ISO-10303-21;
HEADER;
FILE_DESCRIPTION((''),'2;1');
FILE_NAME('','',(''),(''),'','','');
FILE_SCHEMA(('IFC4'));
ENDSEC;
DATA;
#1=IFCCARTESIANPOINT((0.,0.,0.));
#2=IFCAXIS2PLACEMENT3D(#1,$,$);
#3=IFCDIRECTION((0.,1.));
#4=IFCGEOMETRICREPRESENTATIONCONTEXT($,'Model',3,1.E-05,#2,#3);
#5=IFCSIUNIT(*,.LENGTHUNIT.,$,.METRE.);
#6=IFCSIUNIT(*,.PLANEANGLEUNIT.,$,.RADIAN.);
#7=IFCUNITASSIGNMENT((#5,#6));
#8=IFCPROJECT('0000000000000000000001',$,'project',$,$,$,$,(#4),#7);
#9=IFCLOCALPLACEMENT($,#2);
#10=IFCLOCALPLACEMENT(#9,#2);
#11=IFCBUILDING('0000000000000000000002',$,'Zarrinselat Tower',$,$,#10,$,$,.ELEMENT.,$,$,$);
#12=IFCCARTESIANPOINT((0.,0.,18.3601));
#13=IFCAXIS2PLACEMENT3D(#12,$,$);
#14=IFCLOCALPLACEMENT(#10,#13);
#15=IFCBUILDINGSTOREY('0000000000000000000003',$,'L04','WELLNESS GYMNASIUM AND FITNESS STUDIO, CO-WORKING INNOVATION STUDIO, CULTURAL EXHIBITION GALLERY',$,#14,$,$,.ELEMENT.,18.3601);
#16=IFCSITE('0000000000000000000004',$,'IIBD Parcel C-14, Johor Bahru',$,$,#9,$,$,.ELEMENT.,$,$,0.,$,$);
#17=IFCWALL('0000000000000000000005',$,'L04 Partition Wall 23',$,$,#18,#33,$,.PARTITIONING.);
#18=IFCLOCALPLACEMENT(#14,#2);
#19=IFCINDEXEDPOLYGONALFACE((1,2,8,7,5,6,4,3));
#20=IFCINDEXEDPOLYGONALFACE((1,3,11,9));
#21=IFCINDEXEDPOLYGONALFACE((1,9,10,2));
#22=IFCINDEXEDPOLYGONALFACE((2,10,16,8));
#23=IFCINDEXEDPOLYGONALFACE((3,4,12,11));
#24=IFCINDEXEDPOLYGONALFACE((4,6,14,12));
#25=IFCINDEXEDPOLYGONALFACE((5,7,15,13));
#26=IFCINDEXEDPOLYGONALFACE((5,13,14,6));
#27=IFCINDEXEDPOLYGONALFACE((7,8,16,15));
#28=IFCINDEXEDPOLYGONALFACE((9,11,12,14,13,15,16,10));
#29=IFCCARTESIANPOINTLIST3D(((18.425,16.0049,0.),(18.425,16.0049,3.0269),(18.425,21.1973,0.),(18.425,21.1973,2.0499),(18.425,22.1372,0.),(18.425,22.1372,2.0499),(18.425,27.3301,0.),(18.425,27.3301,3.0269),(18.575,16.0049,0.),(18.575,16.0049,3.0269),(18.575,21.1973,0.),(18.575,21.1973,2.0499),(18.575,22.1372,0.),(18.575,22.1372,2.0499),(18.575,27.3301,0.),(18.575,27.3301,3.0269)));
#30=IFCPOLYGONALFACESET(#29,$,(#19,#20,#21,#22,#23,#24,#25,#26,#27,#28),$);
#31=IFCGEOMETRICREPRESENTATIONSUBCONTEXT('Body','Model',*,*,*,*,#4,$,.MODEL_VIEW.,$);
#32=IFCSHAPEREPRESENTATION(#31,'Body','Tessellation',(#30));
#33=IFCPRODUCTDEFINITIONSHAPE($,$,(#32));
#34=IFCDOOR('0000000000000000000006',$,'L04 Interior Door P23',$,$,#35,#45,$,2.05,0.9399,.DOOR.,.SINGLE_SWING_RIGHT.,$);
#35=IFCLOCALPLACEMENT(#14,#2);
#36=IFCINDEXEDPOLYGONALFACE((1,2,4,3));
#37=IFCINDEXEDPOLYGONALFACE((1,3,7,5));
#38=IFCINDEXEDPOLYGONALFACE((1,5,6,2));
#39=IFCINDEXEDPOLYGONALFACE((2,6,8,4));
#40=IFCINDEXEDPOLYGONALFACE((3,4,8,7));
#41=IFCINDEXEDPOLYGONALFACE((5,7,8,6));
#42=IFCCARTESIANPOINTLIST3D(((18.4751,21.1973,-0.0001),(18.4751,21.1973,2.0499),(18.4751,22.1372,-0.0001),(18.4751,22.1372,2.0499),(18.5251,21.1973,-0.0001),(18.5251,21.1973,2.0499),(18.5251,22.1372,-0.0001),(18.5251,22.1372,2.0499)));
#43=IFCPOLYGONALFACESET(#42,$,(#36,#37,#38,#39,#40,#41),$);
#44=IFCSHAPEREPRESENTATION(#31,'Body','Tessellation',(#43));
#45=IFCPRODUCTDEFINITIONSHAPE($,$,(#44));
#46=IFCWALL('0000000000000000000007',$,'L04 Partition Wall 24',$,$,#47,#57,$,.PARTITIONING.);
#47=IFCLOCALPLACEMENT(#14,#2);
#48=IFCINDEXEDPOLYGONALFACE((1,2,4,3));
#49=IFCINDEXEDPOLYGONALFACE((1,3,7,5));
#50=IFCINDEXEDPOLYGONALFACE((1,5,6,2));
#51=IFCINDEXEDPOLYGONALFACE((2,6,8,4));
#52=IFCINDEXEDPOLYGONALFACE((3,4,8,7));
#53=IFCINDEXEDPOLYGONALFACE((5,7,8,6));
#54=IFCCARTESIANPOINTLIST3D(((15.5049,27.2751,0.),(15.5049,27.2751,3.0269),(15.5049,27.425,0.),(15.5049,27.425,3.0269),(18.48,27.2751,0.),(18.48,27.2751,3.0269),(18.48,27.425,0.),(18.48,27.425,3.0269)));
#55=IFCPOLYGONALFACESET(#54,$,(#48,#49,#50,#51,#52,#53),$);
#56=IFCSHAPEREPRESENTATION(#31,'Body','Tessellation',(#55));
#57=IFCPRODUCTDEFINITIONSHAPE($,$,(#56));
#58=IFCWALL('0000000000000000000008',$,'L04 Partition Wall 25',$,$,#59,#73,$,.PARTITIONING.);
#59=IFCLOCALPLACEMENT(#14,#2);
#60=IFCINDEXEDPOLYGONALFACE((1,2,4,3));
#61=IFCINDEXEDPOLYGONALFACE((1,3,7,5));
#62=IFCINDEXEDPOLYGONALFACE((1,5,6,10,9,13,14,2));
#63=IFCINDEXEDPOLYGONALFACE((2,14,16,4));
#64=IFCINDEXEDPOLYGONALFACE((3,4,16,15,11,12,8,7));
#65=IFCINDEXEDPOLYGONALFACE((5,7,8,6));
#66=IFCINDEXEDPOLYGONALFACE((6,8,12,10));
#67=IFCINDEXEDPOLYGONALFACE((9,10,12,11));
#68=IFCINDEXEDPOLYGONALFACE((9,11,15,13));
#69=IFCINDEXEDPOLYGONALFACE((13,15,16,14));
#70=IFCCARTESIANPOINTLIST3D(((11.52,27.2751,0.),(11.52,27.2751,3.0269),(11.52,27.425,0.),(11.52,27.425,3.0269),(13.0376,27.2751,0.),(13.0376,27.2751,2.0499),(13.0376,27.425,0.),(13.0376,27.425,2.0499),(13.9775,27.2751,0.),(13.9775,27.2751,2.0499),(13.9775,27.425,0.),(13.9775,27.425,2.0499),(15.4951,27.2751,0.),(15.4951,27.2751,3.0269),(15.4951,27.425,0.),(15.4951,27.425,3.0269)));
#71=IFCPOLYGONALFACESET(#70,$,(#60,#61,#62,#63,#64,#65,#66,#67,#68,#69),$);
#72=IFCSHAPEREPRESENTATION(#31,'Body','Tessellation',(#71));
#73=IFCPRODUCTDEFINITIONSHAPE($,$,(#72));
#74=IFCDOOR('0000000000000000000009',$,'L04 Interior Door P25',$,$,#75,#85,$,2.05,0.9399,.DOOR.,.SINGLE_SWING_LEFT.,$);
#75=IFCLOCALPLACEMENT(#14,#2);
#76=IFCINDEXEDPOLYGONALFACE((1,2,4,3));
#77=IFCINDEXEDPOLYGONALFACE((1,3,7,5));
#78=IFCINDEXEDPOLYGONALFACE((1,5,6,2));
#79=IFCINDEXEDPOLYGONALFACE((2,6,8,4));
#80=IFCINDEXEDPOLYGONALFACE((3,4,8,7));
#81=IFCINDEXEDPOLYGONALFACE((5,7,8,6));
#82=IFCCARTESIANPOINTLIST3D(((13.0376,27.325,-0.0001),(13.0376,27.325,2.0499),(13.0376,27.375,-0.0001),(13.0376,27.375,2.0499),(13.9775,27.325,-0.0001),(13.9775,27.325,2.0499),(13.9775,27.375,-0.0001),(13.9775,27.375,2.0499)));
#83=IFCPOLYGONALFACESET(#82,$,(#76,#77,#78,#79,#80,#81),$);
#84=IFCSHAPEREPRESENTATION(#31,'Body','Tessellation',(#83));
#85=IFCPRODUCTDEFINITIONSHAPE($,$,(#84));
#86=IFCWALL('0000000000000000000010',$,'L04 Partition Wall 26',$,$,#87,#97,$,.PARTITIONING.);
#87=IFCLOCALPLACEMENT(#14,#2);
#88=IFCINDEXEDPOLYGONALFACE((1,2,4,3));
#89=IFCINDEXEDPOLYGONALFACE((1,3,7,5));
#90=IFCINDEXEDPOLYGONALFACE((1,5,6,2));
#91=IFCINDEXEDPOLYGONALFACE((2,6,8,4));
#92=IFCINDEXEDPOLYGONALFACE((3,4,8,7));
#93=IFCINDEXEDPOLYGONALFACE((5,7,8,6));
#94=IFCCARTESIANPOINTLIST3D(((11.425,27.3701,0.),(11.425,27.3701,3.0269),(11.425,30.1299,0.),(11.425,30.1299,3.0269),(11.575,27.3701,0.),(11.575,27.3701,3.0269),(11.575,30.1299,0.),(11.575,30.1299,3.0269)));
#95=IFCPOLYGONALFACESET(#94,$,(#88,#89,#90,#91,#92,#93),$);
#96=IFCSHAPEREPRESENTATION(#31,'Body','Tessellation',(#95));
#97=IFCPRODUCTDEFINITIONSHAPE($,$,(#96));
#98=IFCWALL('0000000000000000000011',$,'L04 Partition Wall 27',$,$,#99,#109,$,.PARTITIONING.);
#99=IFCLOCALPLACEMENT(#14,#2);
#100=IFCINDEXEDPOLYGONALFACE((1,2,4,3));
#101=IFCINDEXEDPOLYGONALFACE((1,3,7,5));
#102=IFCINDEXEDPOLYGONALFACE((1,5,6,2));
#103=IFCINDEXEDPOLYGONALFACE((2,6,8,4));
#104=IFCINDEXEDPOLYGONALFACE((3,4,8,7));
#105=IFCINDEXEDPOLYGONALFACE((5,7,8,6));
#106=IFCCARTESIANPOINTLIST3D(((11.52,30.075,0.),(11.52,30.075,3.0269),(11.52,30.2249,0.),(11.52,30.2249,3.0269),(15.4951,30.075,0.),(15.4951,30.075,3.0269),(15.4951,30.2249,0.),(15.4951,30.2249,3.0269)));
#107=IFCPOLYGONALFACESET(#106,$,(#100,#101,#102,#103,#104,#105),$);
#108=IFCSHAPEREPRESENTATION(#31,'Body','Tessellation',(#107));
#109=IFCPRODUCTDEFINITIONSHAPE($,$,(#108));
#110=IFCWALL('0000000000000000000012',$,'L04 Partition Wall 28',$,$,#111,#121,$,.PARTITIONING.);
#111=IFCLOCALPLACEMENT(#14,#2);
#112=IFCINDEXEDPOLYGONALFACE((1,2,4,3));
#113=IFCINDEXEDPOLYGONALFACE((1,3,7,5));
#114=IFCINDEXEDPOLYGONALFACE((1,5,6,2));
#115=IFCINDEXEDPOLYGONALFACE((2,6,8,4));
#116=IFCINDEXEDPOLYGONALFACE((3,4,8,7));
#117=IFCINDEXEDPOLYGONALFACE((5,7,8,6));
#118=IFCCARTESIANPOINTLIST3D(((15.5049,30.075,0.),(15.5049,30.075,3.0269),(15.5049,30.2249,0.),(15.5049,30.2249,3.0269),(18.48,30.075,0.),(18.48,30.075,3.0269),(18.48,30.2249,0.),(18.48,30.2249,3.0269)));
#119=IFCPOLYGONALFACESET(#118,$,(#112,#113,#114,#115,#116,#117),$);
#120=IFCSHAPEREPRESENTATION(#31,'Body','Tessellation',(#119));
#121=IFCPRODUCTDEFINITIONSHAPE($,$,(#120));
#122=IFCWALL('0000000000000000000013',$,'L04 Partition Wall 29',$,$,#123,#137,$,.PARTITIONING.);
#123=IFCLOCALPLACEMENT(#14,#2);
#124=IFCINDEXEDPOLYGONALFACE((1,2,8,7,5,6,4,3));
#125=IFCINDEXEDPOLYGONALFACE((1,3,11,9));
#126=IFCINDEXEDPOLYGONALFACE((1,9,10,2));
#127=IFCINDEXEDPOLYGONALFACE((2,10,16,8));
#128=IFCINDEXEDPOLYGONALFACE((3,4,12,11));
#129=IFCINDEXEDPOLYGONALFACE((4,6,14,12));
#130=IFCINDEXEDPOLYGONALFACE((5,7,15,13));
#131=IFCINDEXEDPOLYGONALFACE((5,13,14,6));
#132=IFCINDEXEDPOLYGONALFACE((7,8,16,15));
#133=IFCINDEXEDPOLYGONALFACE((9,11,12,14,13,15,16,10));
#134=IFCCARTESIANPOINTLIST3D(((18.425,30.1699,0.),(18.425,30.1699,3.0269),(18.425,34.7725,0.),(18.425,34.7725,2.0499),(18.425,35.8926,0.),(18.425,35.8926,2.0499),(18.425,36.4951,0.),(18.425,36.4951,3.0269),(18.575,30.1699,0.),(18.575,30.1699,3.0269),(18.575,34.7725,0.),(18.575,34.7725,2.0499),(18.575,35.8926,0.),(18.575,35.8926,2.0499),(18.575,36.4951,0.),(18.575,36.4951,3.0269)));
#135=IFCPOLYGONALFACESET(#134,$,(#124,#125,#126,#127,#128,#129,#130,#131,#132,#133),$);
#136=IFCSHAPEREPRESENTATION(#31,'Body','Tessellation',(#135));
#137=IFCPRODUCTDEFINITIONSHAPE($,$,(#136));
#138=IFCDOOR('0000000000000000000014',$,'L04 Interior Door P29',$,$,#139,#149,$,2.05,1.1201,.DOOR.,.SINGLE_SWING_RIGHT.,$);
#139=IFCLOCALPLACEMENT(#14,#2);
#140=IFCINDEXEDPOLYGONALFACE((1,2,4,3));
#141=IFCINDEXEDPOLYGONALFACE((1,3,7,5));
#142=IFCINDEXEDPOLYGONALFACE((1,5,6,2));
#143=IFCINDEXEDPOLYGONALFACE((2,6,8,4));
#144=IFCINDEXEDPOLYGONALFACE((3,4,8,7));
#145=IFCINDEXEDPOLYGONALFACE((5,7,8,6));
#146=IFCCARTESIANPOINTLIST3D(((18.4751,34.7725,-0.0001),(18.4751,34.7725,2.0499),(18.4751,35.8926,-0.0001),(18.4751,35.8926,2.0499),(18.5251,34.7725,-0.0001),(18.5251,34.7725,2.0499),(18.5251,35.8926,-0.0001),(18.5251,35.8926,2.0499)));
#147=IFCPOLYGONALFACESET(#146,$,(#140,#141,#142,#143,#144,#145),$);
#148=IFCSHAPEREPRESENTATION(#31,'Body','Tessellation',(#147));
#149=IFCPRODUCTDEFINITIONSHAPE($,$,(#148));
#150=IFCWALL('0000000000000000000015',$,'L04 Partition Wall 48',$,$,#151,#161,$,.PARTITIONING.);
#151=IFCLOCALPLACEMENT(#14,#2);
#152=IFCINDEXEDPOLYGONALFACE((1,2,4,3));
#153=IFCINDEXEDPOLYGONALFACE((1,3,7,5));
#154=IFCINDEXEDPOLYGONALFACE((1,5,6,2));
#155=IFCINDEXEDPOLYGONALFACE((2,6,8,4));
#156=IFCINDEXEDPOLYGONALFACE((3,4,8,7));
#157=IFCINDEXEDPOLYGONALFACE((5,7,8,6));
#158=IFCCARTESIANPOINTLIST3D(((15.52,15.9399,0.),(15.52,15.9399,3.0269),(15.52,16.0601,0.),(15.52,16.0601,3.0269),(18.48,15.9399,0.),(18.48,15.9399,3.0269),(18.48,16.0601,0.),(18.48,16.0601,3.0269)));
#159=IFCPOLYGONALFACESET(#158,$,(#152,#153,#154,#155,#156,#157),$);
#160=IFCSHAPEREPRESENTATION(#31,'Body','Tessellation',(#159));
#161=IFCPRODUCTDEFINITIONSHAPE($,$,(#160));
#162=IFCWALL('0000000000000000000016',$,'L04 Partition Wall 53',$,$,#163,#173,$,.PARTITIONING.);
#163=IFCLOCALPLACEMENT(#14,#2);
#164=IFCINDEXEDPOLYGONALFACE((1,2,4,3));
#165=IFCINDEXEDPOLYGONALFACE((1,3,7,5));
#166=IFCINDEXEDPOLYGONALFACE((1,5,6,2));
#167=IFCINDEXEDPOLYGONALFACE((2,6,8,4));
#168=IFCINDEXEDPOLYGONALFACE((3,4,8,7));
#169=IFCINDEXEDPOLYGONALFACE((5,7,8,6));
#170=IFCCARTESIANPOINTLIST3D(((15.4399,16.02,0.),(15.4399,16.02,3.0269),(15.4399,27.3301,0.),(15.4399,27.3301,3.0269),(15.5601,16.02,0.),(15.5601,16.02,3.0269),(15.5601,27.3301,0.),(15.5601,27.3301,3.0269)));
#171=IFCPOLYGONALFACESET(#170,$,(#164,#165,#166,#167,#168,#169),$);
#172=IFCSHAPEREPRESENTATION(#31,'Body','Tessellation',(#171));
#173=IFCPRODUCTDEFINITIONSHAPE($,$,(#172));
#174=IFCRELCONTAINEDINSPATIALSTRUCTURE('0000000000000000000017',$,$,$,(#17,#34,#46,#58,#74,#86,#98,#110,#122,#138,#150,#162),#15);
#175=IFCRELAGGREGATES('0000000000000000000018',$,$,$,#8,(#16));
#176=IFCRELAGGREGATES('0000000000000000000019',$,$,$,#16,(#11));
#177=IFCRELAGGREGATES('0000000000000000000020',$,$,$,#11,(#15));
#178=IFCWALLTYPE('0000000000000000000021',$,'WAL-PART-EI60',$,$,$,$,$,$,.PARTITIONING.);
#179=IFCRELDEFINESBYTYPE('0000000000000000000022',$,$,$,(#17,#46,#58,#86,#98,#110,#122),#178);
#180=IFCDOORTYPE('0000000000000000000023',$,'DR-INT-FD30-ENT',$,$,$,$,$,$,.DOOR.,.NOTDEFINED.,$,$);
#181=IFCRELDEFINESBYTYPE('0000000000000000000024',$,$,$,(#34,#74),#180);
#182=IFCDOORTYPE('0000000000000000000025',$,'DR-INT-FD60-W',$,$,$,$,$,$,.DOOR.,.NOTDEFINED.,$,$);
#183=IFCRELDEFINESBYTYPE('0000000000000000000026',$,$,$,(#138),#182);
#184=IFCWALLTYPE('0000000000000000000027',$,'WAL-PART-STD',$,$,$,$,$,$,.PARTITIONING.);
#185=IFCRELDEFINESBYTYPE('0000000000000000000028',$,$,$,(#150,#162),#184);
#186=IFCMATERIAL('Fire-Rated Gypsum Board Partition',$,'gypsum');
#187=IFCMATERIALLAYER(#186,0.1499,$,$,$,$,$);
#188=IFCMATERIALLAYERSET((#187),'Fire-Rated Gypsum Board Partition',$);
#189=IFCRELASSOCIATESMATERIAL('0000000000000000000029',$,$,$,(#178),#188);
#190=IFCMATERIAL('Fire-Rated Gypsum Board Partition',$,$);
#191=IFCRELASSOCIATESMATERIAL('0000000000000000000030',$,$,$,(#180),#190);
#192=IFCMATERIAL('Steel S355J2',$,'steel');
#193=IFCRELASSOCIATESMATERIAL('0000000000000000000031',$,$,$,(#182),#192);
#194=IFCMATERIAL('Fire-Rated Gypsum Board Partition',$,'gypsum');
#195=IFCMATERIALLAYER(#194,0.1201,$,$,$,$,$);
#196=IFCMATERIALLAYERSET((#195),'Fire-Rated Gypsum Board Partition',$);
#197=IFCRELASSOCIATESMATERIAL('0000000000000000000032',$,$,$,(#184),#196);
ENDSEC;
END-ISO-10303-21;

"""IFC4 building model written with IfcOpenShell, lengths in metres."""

from ifc_helpers import new_model, si_unit, direction, frame, frame_2d, origin, place, context, subcontext, project, spatial, rectangle, extrude, material, layer, layer_set, type_object, element, fill, save


model = new_model("IFC4")

# Units and contexts
model_context = context("Model", 3, precision=1e-05, world=origin(), true_north=direction((0.0, 1.0)))
body_context = subcontext(model_context, "Body", "Model", "MODEL_VIEW")
ifc_project = project(units=[si_unit("LENGTHUNIT", "METRE"), si_unit("PLANEANGLEUNIT", "RADIAN")], contexts=[model_context])

# Site, building, storey
site_placement = place(None, origin())
site = spatial("IfcSite", under=ifc_project, at=site_placement, Name="IIBD Parcel C-14, Johor Bahru", CompositionType="ELEMENT", RefElevation=0.0)
building_placement = place(site_placement, origin())
building = spatial("IfcBuilding", under=site, at=building_placement, Name="Zarrinselat Tower", CompositionType="ELEMENT")
storey_placement = place(building_placement, frame((0.0, 0.0, 18.3601)))
storey = spatial("IfcBuildingStorey", under=building, at=storey_placement, Name="L04", Description="WELLNESS GYMNASIUM AND FITNESS STUDIO, CO-WORKING INNOVATION STUDIO, CULTURAL EXHIBITION GALLERY", CompositionType="ELEMENT", Elevation=18.3601)

# Shared definitions
ifc_material_1 = material(Name="Fire-Rated Gypsum Board Partition", Category="gypsum")
ifc_layer_1 = layer(ifc_material_1, 0.1499)
ifc_layer_set_1 = layer_set([ifc_layer_1], Name="Fire-Rated Gypsum Board Partition")
wall_type_1 = type_object("IfcWallType", Name="WAL-PART-EI60", PredefinedType="PARTITIONING", material=ifc_layer_set_1)

# Wall, opening, door
wall_1_placement = place(storey_placement, frame((18.5, 16.0049, 0.0), z_axis=(0.0, 0.0, 1.0), x_axis=(0.0, 1.0, 0.0)))
wall_1 = element("IfcWall", 1, at=wall_1_placement, inside=storey, type_object=wall_type_1, Name="L04 Partition Wall 23", PredefinedType="PARTITIONING", context=body_context, shape_type="SweptSolid", body=[
    extrude(rectangle(XDim=11.3252, YDim=0.1499, at=frame_2d((5.6626, 0.0))), origin(), (0.0, 0.0, 1.0), 3.0269),
])
opening_1_placement = place(wall_1_placement, frame((5.1924, 0.0, 0.0)))
opening_1 = element("IfcOpeningElement", 2, at=opening_1_placement, cuts=wall_1, PredefinedType="OPENING", context=body_context, shape_type="SweptSolid", body=[
    extrude(rectangle(XDim=0.9399, YDim=2.05, at=frame_2d((0.47, 1.0249))), frame((0.0, 0.085, 0.0), z_axis=(0.0, -1.0, 0.0), x_axis=(1.0, 0.0, 0.0)), (0.0, 0.0, 1.0), 0.1699),
])
ifc_material_2 = material(Name="Fire-Rated Gypsum Board Partition")
door_type_1 = type_object("IfcDoorType", Name="DR-INT-FD30-ENT", OperationType="NOTDEFINED", PredefinedType="DOOR", material=ifc_material_2)
door_1_placement = place(opening_1_placement, origin())
door_1 = element("IfcDoor", 3, at=door_1_placement, inside=storey, type_object=door_type_1, Name="L04 Interior Door P23", OperationType="SINGLE_SWING_RIGHT", OverallHeight=2.05, OverallWidth=0.9399, PredefinedType="DOOR", context=body_context, shape_type="SweptSolid", body=[
    extrude(rectangle(XDim=0.9399, YDim=2.05, at=frame_2d((0.47, 1.0249))), frame((0.0, 0.0249, 0.0), z_axis=(0.0, -1.0, 0.0), x_axis=(1.0, 0.0, 0.0)), (0.0, 0.0, 1.0), 0.05),
])
fill(opening_1, door_1)

# Wall
wall_2_placement = place(storey_placement, frame((15.5049, 27.3501, 0.0), z_axis=(0.0, 0.0, 1.0), x_axis=(1.0, 0.0, 0.0)))
element("IfcWall", 4, at=wall_2_placement, inside=storey, type_object=wall_type_1, Name="L04 Partition Wall 24", PredefinedType="PARTITIONING", context=body_context, shape_type="SweptSolid", body=[
    extrude(rectangle(XDim=2.9751, YDim=0.1499, at=frame_2d((1.4875, 0.0))), origin(), (0.0, 0.0, 1.0), 3.0269),
])

# Wall, opening, door
wall_3_placement = place(storey_placement, frame((11.52, 27.3501, 0.0), z_axis=(0.0, 0.0, 1.0), x_axis=(1.0, 0.0, 0.0)))
wall_3 = element("IfcWall", 5, at=wall_3_placement, inside=storey, type_object=wall_type_1, Name="L04 Partition Wall 25", PredefinedType="PARTITIONING", context=body_context, shape_type="SweptSolid", body=[
    extrude(rectangle(XDim=3.9751, YDim=0.1499, at=frame_2d((1.9875, 0.0))), origin(), (0.0, 0.0, 1.0), 3.0269),
])
opening_2_placement = place(wall_3_placement, frame((1.5176, 0.0, 0.0)))
opening_2 = element("IfcOpeningElement", 6, at=opening_2_placement, cuts=wall_3, PredefinedType="OPENING", context=body_context, shape_type="SweptSolid", body=[
    extrude(rectangle(XDim=0.9399, YDim=2.05, at=frame_2d((0.47, 1.0249))), frame((0.0, 0.085, 0.0), z_axis=(0.0, -1.0, 0.0), x_axis=(1.0, 0.0, 0.0)), (0.0, 0.0, 1.0), 0.1699),
])
door_2_placement = place(opening_2_placement, origin())
door_2 = element("IfcDoor", 7, at=door_2_placement, inside=storey, type_object=door_type_1, Name="L04 Interior Door P25", OperationType="SINGLE_SWING_LEFT", OverallHeight=2.05, OverallWidth=0.9399, PredefinedType="DOOR", context=body_context, shape_type="SweptSolid", body=[
    extrude(rectangle(XDim=0.9399, YDim=2.05, at=frame_2d((0.47, 1.0249))), frame((0.0, 0.0249, 0.0), z_axis=(0.0, -1.0, 0.0), x_axis=(1.0, 0.0, 0.0)), (0.0, 0.0, 1.0), 0.05),
])
fill(opening_2, door_2)

# Walls
wall_4_placement = place(storey_placement, frame((11.5, 27.3701, 0.0), z_axis=(0.0, 0.0, 1.0), x_axis=(0.0, 1.0, 0.0)))
element("IfcWall", 8, at=wall_4_placement, inside=storey, type_object=wall_type_1, Name="L04 Partition Wall 26", PredefinedType="PARTITIONING", context=body_context, shape_type="SweptSolid", body=[
    extrude(rectangle(XDim=2.7598, YDim=0.1499, at=frame_2d((1.3799, 0.0))), origin(), (0.0, 0.0, 1.0), 3.0269),
])
wall_5_placement = place(storey_placement, frame((11.52, 30.1499, 0.0), z_axis=(0.0, 0.0, 1.0), x_axis=(1.0, 0.0, 0.0)))
element("IfcWall", 9, at=wall_5_placement, inside=storey, type_object=wall_type_1, Name="L04 Partition Wall 27", PredefinedType="PARTITIONING", context=body_context, shape_type="SweptSolid", body=[
    extrude(rectangle(XDim=3.9751, YDim=0.1499, at=frame_2d((1.9875, 0.0))), origin(), (0.0, 0.0, 1.0), 3.0269),
])
wall_6_placement = place(storey_placement, frame((15.5049, 30.1499, 0.0), z_axis=(0.0, 0.0, 1.0), x_axis=(1.0, 0.0, 0.0)))
element("IfcWall", 10, at=wall_6_placement, inside=storey, type_object=wall_type_1, Name="L04 Partition Wall 28", PredefinedType="PARTITIONING", context=body_context, shape_type="SweptSolid", body=[
    extrude(rectangle(XDim=2.9751, YDim=0.1499, at=frame_2d((1.4875, 0.0))), origin(), (0.0, 0.0, 1.0), 3.0269),
])

# Wall, opening, door
wall_7_placement = place(storey_placement, frame((18.5, 30.1699, 0.0), z_axis=(0.0, 0.0, 1.0), x_axis=(0.0, 1.0, 0.0)))
wall_7 = element("IfcWall", 11, at=wall_7_placement, inside=storey, type_object=wall_type_1, Name="L04 Partition Wall 29", PredefinedType="PARTITIONING", context=body_context, shape_type="SweptSolid", body=[
    extrude(rectangle(XDim=6.3252, YDim=0.1499, at=frame_2d((3.1626, 0.0))), origin(), (0.0, 0.0, 1.0), 3.0269),
])
opening_3_placement = place(wall_7_placement, frame((4.6025, 0.0, 0.0)))
opening_3 = element("IfcOpeningElement", 12, at=opening_3_placement, cuts=wall_7, PredefinedType="OPENING", context=body_context, shape_type="SweptSolid", body=[
    extrude(rectangle(XDim=1.1201, YDim=2.05, at=frame_2d((0.5601, 1.0249))), frame((0.0, 0.085, 0.0), z_axis=(0.0, -1.0, 0.0), x_axis=(1.0, 0.0, 0.0)), (0.0, 0.0, 1.0), 0.1699),
])
ifc_material_3 = material(Name="Steel S355J2", Category="steel")
door_type_2 = type_object("IfcDoorType", Name="DR-INT-FD60-W", OperationType="NOTDEFINED", PredefinedType="DOOR", material=ifc_material_3)
door_3_placement = place(opening_3_placement, origin())
door_3 = element("IfcDoor", 13, at=door_3_placement, inside=storey, type_object=door_type_2, Name="L04 Interior Door P29", OperationType="SINGLE_SWING_RIGHT", OverallHeight=2.05, OverallWidth=1.1201, PredefinedType="DOOR", context=body_context, shape_type="SweptSolid", body=[
    extrude(rectangle(XDim=1.1201, YDim=2.05, at=frame_2d((0.5601, 1.0249))), frame((0.0, 0.0249, 0.0), z_axis=(0.0, -1.0, 0.0), x_axis=(1.0, 0.0, 0.0)), (0.0, 0.0, 1.0), 0.05),
])
fill(opening_3, door_3)

# Walls
ifc_material_4 = material(Name="Fire-Rated Gypsum Board Partition", Category="gypsum")
ifc_layer_2 = layer(ifc_material_4, 0.1201)
ifc_layer_set_2 = layer_set([ifc_layer_2], Name="Fire-Rated Gypsum Board Partition")
wall_type_2 = type_object("IfcWallType", Name="WAL-PART-STD", PredefinedType="PARTITIONING", material=ifc_layer_set_2)
wall_8_placement = place(storey_placement, frame((15.52, 16.0, 0.0), z_axis=(0.0, 0.0, 1.0), x_axis=(1.0, 0.0, 0.0)))
element("IfcWall", 14, at=wall_8_placement, inside=storey, type_object=wall_type_2, Name="L04 Partition Wall 48", PredefinedType="PARTITIONING", context=body_context, shape_type="SweptSolid", body=[
    extrude(rectangle(XDim=2.96, YDim=0.1201, at=frame_2d((1.48, 0.0))), origin(), (0.0, 0.0, 1.0), 3.0269),
])
wall_9_placement = place(storey_placement, frame((15.5, 16.02, 0.0), z_axis=(0.0, 0.0, 1.0), x_axis=(0.0, 1.0, 0.0)))
element("IfcWall", 15, at=wall_9_placement, inside=storey, type_object=wall_type_2, Name="L04 Partition Wall 53", PredefinedType="PARTITIONING", context=body_context, shape_type="SweptSolid", body=[
    extrude(rectangle(XDim=11.3101, YDim=0.1201, at=frame_2d((5.655, 0.0))), origin(), (0.0, 0.0, 1.0), 3.0269),
])

save(model, "model.ifc")
